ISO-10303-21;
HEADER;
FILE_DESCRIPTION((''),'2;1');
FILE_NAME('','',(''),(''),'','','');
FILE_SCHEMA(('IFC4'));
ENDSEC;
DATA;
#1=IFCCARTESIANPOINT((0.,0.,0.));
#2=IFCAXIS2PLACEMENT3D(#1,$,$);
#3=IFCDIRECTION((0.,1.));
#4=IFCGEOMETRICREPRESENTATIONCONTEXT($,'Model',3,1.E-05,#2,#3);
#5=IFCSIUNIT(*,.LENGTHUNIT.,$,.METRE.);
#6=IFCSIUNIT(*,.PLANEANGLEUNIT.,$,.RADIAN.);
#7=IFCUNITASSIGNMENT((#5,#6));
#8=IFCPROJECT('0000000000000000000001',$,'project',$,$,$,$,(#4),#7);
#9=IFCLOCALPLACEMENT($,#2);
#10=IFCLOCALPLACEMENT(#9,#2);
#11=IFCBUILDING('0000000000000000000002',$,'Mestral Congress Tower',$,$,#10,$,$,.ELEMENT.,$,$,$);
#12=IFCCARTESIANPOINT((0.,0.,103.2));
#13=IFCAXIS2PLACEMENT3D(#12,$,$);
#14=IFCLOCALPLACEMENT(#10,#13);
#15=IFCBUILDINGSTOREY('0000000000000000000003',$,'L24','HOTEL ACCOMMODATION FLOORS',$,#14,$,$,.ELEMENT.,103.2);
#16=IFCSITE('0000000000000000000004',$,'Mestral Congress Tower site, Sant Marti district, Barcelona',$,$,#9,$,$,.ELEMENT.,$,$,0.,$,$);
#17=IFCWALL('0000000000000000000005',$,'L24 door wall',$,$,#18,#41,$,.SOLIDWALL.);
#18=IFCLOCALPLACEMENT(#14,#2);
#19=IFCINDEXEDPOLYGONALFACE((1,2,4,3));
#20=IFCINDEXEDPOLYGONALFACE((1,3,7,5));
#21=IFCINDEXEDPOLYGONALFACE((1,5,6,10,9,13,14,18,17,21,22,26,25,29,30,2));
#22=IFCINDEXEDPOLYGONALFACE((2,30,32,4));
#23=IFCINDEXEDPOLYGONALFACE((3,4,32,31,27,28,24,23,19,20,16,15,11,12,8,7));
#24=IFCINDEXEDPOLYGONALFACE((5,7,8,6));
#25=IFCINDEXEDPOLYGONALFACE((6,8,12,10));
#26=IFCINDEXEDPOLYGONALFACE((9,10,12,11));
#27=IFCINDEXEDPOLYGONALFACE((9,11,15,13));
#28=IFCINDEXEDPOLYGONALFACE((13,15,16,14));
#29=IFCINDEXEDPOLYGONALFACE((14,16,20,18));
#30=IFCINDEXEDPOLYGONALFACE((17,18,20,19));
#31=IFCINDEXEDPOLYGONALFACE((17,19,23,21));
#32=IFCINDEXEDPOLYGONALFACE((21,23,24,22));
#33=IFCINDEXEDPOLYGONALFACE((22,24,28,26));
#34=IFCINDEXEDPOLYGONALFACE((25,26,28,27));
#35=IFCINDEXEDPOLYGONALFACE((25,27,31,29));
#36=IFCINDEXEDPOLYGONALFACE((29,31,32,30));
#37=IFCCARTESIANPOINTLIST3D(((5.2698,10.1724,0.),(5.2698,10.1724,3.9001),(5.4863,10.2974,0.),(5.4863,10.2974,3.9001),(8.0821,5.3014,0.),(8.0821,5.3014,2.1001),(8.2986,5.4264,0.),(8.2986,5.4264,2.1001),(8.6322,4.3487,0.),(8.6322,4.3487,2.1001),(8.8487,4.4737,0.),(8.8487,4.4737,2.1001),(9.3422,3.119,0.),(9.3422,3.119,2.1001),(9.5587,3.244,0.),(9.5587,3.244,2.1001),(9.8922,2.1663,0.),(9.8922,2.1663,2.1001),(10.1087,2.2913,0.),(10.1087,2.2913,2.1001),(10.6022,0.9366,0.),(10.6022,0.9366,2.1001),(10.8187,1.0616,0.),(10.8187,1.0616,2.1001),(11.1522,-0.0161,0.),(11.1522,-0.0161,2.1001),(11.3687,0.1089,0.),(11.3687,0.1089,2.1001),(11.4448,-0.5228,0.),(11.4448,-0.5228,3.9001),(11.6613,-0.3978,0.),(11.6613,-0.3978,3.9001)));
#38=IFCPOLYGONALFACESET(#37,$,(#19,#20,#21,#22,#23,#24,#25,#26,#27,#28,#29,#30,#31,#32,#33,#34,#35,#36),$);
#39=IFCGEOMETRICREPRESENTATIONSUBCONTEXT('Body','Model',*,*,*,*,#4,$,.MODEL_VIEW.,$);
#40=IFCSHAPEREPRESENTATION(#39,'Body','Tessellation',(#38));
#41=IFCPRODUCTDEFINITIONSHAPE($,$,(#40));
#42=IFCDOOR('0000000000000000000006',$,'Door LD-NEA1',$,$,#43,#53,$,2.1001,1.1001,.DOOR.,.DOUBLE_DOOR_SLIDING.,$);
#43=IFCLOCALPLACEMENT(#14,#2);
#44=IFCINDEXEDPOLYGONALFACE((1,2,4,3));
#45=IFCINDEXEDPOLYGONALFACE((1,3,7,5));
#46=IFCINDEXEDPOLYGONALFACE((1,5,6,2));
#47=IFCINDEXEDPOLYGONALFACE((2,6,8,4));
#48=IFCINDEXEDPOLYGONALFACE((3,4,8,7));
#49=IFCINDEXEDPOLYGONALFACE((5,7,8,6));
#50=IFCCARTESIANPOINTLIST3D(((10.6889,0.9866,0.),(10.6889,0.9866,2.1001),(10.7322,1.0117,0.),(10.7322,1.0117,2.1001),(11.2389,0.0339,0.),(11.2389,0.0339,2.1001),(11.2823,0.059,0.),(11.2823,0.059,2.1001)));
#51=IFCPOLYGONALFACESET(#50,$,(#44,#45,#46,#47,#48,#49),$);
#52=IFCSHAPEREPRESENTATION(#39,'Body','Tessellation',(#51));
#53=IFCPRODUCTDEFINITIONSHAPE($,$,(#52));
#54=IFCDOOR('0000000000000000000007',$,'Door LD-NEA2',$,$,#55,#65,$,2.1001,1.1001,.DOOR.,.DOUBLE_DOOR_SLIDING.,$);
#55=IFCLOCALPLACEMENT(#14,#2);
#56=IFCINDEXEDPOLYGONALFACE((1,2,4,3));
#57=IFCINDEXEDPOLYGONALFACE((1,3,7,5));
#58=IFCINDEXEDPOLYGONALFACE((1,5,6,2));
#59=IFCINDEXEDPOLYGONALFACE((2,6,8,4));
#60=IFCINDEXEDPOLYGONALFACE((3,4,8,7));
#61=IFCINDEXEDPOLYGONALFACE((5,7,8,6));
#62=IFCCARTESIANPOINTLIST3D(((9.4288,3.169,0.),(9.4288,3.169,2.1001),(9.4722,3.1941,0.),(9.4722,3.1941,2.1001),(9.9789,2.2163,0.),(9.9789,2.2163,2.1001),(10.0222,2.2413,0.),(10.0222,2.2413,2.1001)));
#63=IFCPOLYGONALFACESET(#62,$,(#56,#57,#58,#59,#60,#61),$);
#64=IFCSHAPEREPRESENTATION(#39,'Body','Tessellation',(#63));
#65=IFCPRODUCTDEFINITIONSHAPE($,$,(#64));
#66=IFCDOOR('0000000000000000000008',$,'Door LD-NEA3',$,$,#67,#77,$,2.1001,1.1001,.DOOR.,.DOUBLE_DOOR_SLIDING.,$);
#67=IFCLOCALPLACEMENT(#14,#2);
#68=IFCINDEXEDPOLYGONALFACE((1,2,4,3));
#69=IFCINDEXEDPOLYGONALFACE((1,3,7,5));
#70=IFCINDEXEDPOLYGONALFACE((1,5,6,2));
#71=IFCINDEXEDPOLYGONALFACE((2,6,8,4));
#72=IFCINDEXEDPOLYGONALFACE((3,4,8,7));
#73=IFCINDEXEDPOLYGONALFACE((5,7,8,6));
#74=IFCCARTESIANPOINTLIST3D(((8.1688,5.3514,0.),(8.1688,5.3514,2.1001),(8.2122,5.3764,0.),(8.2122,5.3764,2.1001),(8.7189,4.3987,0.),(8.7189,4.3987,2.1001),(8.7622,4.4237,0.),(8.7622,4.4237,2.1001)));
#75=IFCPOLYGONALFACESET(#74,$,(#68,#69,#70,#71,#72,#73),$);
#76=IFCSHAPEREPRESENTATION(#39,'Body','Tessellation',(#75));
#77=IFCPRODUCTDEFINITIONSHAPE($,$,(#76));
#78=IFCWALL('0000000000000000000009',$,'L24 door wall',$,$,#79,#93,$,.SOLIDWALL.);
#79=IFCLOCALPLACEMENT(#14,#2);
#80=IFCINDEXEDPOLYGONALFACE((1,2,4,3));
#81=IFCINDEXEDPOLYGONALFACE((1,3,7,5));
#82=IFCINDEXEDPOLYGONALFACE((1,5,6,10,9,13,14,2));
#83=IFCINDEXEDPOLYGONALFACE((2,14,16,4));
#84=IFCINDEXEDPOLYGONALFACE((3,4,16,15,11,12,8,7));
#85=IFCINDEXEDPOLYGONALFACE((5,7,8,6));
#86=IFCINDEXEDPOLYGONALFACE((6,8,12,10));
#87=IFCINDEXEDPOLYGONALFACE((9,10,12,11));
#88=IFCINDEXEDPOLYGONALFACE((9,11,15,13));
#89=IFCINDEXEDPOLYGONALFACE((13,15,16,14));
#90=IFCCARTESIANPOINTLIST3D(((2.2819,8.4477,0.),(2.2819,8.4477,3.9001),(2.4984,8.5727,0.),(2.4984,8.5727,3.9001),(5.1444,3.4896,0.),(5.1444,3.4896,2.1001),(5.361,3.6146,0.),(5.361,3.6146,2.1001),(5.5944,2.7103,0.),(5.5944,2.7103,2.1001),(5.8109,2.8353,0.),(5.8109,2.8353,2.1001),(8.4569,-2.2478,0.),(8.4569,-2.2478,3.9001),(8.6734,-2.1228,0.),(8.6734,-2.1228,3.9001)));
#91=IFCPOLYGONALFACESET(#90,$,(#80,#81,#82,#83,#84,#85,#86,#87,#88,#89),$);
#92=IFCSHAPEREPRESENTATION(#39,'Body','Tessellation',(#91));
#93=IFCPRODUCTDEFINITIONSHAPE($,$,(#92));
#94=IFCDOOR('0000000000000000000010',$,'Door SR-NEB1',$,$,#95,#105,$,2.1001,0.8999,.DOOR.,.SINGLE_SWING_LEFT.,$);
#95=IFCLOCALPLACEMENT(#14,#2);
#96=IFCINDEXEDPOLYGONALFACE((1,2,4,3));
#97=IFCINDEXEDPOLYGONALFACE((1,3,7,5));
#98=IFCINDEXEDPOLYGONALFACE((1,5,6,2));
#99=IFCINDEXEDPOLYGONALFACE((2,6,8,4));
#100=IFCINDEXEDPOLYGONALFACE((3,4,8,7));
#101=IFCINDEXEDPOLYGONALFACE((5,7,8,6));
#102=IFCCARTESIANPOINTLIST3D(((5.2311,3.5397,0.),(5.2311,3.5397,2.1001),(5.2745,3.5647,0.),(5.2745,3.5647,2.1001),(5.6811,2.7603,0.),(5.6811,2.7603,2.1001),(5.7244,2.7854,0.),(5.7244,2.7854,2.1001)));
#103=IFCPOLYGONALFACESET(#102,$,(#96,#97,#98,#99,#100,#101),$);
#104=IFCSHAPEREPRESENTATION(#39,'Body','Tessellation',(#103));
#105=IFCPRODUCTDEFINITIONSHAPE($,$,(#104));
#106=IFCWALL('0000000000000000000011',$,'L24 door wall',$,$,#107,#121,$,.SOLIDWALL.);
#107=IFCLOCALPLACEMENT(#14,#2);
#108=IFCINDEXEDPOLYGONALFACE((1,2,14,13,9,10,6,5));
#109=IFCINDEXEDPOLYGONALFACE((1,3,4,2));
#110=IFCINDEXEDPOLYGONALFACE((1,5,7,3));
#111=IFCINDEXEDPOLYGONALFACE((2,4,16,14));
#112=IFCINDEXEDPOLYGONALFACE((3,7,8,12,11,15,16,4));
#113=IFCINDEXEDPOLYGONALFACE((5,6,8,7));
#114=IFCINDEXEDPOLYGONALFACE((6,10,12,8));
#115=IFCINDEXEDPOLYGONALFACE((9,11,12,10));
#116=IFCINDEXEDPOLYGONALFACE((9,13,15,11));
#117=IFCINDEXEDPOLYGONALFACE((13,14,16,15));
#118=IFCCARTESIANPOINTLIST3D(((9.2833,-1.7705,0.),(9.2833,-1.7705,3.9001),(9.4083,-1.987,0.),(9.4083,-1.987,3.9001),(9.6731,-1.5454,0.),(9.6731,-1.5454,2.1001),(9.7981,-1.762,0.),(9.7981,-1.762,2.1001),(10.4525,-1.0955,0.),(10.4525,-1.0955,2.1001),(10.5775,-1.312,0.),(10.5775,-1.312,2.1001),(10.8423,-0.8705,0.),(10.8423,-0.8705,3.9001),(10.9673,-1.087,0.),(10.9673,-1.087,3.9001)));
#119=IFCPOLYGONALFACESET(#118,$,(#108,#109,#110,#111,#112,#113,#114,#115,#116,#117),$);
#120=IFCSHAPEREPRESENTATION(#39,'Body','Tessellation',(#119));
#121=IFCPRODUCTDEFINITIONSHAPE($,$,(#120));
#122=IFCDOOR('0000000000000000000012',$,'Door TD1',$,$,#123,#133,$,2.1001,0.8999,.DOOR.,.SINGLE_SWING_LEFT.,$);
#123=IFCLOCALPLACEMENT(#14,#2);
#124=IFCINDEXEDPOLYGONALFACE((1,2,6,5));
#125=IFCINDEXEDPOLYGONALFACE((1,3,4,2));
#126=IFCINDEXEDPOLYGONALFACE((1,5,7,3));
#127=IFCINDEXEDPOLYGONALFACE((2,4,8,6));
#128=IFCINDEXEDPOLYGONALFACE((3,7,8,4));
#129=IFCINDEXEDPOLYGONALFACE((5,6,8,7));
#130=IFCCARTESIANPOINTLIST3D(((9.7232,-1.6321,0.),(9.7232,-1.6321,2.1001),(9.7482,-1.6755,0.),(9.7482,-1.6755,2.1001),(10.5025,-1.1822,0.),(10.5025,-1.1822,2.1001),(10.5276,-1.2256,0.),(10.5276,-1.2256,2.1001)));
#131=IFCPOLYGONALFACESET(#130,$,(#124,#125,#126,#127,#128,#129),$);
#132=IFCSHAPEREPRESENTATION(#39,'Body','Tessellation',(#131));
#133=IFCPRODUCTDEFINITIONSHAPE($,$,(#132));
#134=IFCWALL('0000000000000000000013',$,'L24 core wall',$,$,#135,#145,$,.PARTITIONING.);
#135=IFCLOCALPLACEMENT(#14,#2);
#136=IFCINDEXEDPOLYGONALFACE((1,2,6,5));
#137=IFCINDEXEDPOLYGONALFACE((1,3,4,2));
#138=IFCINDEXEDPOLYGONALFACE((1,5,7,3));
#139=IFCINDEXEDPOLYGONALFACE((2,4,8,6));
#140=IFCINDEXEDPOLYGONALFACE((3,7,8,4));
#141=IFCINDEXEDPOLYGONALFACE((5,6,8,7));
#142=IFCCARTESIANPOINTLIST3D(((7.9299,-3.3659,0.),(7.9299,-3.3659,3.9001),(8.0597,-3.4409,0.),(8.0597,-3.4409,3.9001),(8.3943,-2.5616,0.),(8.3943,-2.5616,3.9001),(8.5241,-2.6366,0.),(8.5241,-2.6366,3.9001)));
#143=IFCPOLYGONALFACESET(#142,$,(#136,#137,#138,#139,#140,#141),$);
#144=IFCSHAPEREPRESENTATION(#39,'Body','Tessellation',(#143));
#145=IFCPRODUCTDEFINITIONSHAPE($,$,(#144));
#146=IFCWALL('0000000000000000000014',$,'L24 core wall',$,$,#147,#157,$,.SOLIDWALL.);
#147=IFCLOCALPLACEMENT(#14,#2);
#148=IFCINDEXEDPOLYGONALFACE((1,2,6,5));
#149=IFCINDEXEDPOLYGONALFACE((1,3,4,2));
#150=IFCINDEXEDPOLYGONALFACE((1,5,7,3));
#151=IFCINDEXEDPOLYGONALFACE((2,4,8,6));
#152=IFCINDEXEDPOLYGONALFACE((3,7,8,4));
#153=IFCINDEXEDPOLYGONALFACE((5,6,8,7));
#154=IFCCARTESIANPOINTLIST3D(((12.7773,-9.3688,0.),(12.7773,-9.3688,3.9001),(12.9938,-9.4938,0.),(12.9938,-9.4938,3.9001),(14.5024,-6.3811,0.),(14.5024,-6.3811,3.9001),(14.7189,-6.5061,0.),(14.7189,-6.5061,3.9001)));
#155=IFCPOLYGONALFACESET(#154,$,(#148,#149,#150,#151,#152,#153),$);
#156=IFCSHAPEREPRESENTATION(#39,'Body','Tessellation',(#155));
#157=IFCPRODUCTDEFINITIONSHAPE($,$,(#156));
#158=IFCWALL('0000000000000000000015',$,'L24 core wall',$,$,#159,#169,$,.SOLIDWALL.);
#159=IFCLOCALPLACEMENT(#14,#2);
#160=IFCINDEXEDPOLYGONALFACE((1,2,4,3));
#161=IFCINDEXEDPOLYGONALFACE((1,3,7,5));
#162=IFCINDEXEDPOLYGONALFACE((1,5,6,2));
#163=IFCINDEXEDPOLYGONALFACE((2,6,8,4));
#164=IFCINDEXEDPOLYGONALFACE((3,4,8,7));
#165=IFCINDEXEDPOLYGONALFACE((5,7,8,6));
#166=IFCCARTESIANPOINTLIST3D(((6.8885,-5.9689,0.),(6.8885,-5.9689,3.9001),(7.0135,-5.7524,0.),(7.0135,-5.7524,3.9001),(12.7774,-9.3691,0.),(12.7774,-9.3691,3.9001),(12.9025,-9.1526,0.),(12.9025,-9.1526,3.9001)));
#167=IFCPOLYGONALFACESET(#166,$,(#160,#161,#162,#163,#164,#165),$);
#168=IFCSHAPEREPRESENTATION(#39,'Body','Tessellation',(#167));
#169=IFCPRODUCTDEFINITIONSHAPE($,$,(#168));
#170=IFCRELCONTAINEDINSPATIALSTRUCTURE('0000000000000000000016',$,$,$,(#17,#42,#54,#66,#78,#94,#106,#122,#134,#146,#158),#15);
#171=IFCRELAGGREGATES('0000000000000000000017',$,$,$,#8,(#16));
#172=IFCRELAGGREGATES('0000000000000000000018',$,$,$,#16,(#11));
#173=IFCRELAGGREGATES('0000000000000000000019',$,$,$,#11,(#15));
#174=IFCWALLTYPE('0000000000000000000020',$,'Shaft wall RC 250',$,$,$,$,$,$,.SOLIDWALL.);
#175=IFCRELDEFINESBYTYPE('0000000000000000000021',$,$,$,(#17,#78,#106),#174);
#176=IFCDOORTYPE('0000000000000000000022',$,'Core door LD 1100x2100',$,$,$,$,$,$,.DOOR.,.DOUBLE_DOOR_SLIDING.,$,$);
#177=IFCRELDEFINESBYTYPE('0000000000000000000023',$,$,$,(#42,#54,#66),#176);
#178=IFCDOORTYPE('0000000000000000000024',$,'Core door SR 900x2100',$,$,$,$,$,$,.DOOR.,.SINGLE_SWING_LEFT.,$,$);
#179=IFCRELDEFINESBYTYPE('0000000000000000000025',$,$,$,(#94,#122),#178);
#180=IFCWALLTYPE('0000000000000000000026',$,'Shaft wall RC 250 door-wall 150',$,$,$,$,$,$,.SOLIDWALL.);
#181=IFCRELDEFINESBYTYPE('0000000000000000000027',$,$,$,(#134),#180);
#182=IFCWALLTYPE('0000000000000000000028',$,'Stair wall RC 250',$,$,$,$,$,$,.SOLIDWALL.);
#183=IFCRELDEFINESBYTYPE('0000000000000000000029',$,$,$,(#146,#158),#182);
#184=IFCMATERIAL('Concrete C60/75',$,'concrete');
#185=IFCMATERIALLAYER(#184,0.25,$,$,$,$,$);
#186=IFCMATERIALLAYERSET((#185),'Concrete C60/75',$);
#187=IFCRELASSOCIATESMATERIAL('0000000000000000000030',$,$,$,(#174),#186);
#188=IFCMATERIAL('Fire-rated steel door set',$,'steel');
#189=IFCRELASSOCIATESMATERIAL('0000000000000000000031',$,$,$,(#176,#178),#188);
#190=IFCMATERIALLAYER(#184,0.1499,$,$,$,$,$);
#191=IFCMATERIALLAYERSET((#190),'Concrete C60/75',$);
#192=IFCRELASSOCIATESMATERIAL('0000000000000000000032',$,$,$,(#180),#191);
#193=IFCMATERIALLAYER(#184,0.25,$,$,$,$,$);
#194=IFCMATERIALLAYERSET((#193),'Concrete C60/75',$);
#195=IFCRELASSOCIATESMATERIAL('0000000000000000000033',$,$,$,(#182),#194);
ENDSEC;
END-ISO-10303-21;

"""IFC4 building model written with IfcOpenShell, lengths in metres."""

from ifc_helpers import new_model, si_unit, direction, frame, frame_2d, origin, place, context, subcontext, project, spatial, rectangle, extrude, material, layer, layer_set, type_object, element, fill, save


model = new_model("IFC4")

# Units and contexts
model_context = context("Model", 3, precision=1e-05, world=origin(), true_north=direction((0.0, 1.0)))
body_context = subcontext(model_context, "Body", "Model", "MODEL_VIEW")
ifc_project = project(units=[si_unit("LENGTHUNIT", "METRE"), si_unit("PLANEANGLEUNIT", "RADIAN")], contexts=[model_context])

# Site, building, storey
site_placement = place(None, origin())
site = spatial("IfcSite", under=ifc_project, at=site_placement, Name="Mestral Congress Tower site, Sant Marti district, Barcelona", CompositionType="ELEMENT", RefElevation=0.0)
building_placement = place(site_placement, origin())
building = spatial("IfcBuilding", under=site, at=building_placement, Name="Mestral Congress Tower", CompositionType="ELEMENT")
storey_placement = place(building_placement, frame((0.0, 0.0, 103.2)))
storey = spatial("IfcBuildingStorey", under=building, at=storey_placement, Name="L24", Description="HOTEL ACCOMMODATION FLOORS", CompositionType="ELEMENT", Elevation=103.2)

# Shared definitions
ifc_material_1 = material(Name="Fire-rated steel door set", Category="steel")

# Shared definitions
ifc_material_2 = material(Name="Concrete C60/75", Category="concrete")
ifc_layer_1 = layer(ifc_material_2, 0.25)
ifc_layer_set_1 = layer_set([ifc_layer_1], Name="Concrete C60/75")
wall_type_1 = type_object("IfcWallType", Name="Shaft wall RC 250", PredefinedType="SOLIDWALL", material=ifc_layer_set_1)

# Wall, openings, doors
wall_1_placement = place(storey_placement, frame((11.553, -0.4602, 0.0), z_axis=(0.0, 0.0, 1.0), x_axis=(-0.500007, 0.866022, 0.0)))
wall_1 = element("IfcWall", 1, at=wall_1_placement, inside=storey, type_object=wall_type_1, Name="L24 door wall", PredefinedType="SOLIDWALL", context=body_context, shape_type="SweptSolid", body=[
    extrude(rectangle(XDim=12.3499, YDim=0.25, at=frame_2d((6.1748, 0.0))), origin(), (0.0, 0.0, 1.0), 3.9001),
])
opening_1_placement = place(wall_1_placement, frame((0.585, 0.0, 0.0)))
opening_1 = element("IfcOpeningElement", 2, at=opening_1_placement, cuts=wall_1, PredefinedType="OPENING", context=body_context, shape_type="SweptSolid", body=[
    extrude(rectangle(XDim=1.1001, YDim=2.1001, at=frame_2d((0.55, 1.05))), frame((0.0, 0.135, 0.0), z_axis=(0.0, -1.0, 0.0), x_axis=(1.0, 0.0, 0.0)), (0.0, 0.0, 1.0), 0.27),
])
opening_2_placement = place(wall_1_placement, frame((3.105, 0.0, 0.0)))
opening_2 = element("IfcOpeningElement", 3, at=opening_2_placement, cuts=wall_1, PredefinedType="OPENING", context=body_context, shape_type="SweptSolid", body=[
    extrude(rectangle(XDim=1.1001, YDim=2.1001, at=frame_2d((0.55, 1.05))), frame((0.0, 0.135, 0.0), z_axis=(0.0, -1.0, 0.0), x_axis=(1.0, 0.0, 0.0)), (0.0, 0.0, 1.0), 0.27),
])
opening_3_placement = place(wall_1_placement, frame((5.625, 0.0, 0.0)))
opening_3 = element("IfcOpeningElement", 4, at=opening_3_placement, cuts=wall_1, PredefinedType="OPENING", context=body_context, shape_type="SweptSolid", body=[
    extrude(rectangle(XDim=1.1001, YDim=2.1001, at=frame_2d((0.55, 1.05))), frame((0.0, 0.135, 0.0), z_axis=(0.0, -1.0, 0.0), x_axis=(1.0, 0.0, 0.0)), (0.0, 0.0, 1.0), 0.27),
])
door_type_1 = type_object("IfcDoorType", Name="Core door LD 1100x2100", OperationType="DOUBLE_DOOR_SLIDING", PredefinedType="DOOR", material=ifc_material_1)
door_1_placement = place(opening_1_placement, origin())
door_1 = element("IfcDoor", 5, at=door_1_placement, inside=storey, type_object=door_type_1, Name="Door LD-NEA1", OperationType="DOUBLE_DOOR_SLIDING", OverallHeight=2.1001, OverallWidth=1.1001, PredefinedType="DOOR", context=body_context, shape_type="SweptSolid", body=[
    extrude(rectangle(XDim=1.1001, YDim=2.1001, at=frame_2d((0.55, 1.05))), frame((0.0, 0.0249, 0.0), z_axis=(0.0, -1.0, 0.0), x_axis=(1.0, 0.0, 0.0)), (0.0, 0.0, 1.0), 0.05),
])
fill(opening_1, door_1)
door_2_placement = place(opening_2_placement, origin())
door_2 = element("IfcDoor", 6, at=door_2_placement, inside=storey, type_object=door_type_1, Name="Door LD-NEA2", OperationType="DOUBLE_DOOR_SLIDING", OverallHeight=2.1001, OverallWidth=1.1001, PredefinedType="DOOR", context=body_context, shape_type="SweptSolid", body=[
    extrude(rectangle(XDim=1.1001, YDim=2.1001, at=frame_2d((0.55, 1.05))), frame((0.0, 0.0249, 0.0), z_axis=(0.0, -1.0, 0.0), x_axis=(1.0, 0.0, 0.0)), (0.0, 0.0, 1.0), 0.05),
])
fill(opening_2, door_2)
door_3_placement = place(opening_3_placement, origin())
door_3 = element("IfcDoor", 7, at=door_3_placement, inside=storey, type_object=door_type_1, Name="Door LD-NEA3", OperationType="DOUBLE_DOOR_SLIDING", OverallHeight=2.1001, OverallWidth=1.1001, PredefinedType="DOOR", context=body_context, shape_type="SweptSolid", body=[
    extrude(rectangle(XDim=1.1001, YDim=2.1001, at=frame_2d((0.55, 1.05))), frame((0.0, 0.0249, 0.0), z_axis=(0.0, -1.0, 0.0), x_axis=(1.0, 0.0, 0.0)), (0.0, 0.0, 1.0), 0.05),
])
fill(opening_3, door_3)

# Walls, openings, doors
wall_2_placement = place(storey_placement, frame((8.5652, -2.1853, 0.0), z_axis=(0.0, 0.0, 1.0), x_axis=(-0.499998, 0.866027, 0.0)))
wall_2 = element("IfcWall", 8, at=wall_2_placement, inside=storey, type_object=wall_type_1, Name="L24 door wall", PredefinedType="SOLIDWALL", context=body_context, shape_type="SweptSolid", body=[
    extrude(rectangle(XDim=12.3501, YDim=0.25, at=frame_2d((6.175, 0.0))), origin(), (0.0, 0.0, 1.0), 3.9001),
])
opening_4_placement = place(wall_2_placement, frame((5.7251, 0.0, 0.0)))
opening_4 = element("IfcOpeningElement", 9, at=opening_4_placement, cuts=wall_2, PredefinedType="OPENING", context=body_context, shape_type="SweptSolid", body=[
    extrude(rectangle(XDim=0.8999, YDim=2.1001, at=frame_2d((0.45, 1.05))), frame((0.0, 0.135, 0.0), z_axis=(0.0, -1.0, 0.0), x_axis=(1.0, 0.0, 0.0)), (0.0, 0.0, 1.0), 0.27),
])
door_type_2 = type_object("IfcDoorType", Name="Core door SR 900x2100", OperationType="SINGLE_SWING_LEFT", PredefinedType="DOOR", material=ifc_material_1)
door_4_placement = place(opening_4_placement, origin())
door_4 = element("IfcDoor", 10, at=door_4_placement, inside=storey, type_object=door_type_2, Name="Door SR-NEB1", OperationType="SINGLE_SWING_LEFT", OverallHeight=2.1001, OverallWidth=0.8999, PredefinedType="DOOR", context=body_context, shape_type="SweptSolid", body=[
    extrude(rectangle(XDim=0.8999, YDim=2.1001, at=frame_2d((0.45, 1.05))), frame((0.0, 0.0249, 0.0), z_axis=(0.0, -1.0, 0.0), x_axis=(1.0, 0.0, 0.0)), (0.0, 0.0, 1.0), 0.05),
])
fill(opening_4, door_4)
wall_3_placement = place(storey_placement, frame((9.3459, -1.8787, 0.0), z_axis=(0.0, 0.0, 1.0), x_axis=(0.866048, 0.499961, 0.0)))
wall_3 = element("IfcWall", 11, at=wall_3_placement, inside=storey, type_object=wall_type_1, Name="L24 door wall", PredefinedType="SOLIDWALL", context=body_context, shape_type="SweptSolid", body=[
    extrude(rectangle(XDim=1.8, YDim=0.25, at=frame_2d((0.8999, 0.0))), origin(), (0.0, 0.0, 1.0), 3.9001),
])
opening_5_placement = place(wall_3_placement, frame((0.45, 0.0, 0.0)))
opening_5 = element("IfcOpeningElement", 12, at=opening_5_placement, cuts=wall_3, PredefinedType="OPENING", context=body_context, shape_type="SweptSolid", body=[
    extrude(rectangle(XDim=0.8999, YDim=2.1001, at=frame_2d((0.45, 1.05))), frame((0.0, 0.135, 0.0), z_axis=(0.0, -1.0, 0.0), x_axis=(1.0, 0.0, 0.0)), (0.0, 0.0, 1.0), 0.27),
])
door_5_placement = place(opening_5_placement, origin())
door_5 = element("IfcDoor", 13, at=door_5_placement, inside=storey, type_object=door_type_2, Name="Door TD1", OperationType="SINGLE_SWING_LEFT", OverallHeight=2.1001, OverallWidth=0.8999, PredefinedType="DOOR", context=body_context, shape_type="SweptSolid", body=[
    extrude(rectangle(XDim=0.8999, YDim=2.1001, at=frame_2d((0.45, 1.05))), frame((0.0, 0.0249, 0.0), z_axis=(0.0, -1.0, 0.0), x_axis=(1.0, 0.0, 0.0)), (0.0, 0.0, 1.0), 0.05),
])
fill(opening_5, door_5)

# Walls
ifc_layer_2 = layer(ifc_material_2, 0.1499)
ifc_layer_set_2 = layer_set([ifc_layer_2], Name="Concrete C60/75")
wall_type_2 = type_object("IfcWallType", Name="Shaft wall RC 250 door-wall 150", PredefinedType="SOLIDWALL", material=ifc_layer_set_2)
wall_4_placement = place(storey_placement, frame((8.4592, -2.5991, 0.0), z_axis=(0.0, 0.0, 1.0), x_axis=(-0.500041, -0.866002, 0.0)))
element("IfcWall", 14, at=wall_4_placement, inside=storey, type_object=wall_type_2, Name="L24 core wall", PredefinedType="PARTITIONING", context=body_context, shape_type="SweptSolid", body=[
    extrude(rectangle(XDim=0.9287, YDim=0.1499, at=frame_2d((0.4644, 0.0))), origin(), (0.0, 0.0, 1.0), 3.9001),
])
ifc_layer_3 = layer(ifc_material_2, 0.25)
ifc_layer_set_3 = layer_set([ifc_layer_3], Name="Concrete C60/75")
wall_type_3 = type_object("IfcWallType", Name="Stair wall RC 250", PredefinedType="SOLIDWALL", material=ifc_layer_set_3)
wall_5_placement = place(storey_placement, frame((12.8855, -9.4314, 0.0), z_axis=(0.0, 0.0, 1.0), x_axis=(0.500021, 0.866014, 0.0)))
element("IfcWall", 15, at=wall_5_placement, inside=storey, type_object=wall_type_3, Name="L24 core wall", PredefinedType="SOLIDWALL", context=body_context, shape_type="SweptSolid", body=[
    extrude(rectangle(XDim=3.45, YDim=0.25, at=frame_2d((1.7251, 0.0))), origin(), (0.0, 0.0, 1.0), 3.9001),
])
wall_6_placement = place(storey_placement, frame((12.8398, -9.2607, 0.0), z_axis=(0.0, 0.0, 1.0), x_axis=(-0.866014, 0.50002, 0.0)))
element("IfcWall", 16, at=wall_6_placement, inside=storey, type_object=wall_type_3, Name="L24 core wall", PredefinedType="SOLIDWALL", context=body_context, shape_type="SweptSolid", body=[
    extrude(rectangle(XDim=6.8, YDim=0.25, at=frame_2d((3.3999, 0.0))), origin(), (0.0, 0.0, 1.0), 3.9001),
])

save(model, "model.ifc")
